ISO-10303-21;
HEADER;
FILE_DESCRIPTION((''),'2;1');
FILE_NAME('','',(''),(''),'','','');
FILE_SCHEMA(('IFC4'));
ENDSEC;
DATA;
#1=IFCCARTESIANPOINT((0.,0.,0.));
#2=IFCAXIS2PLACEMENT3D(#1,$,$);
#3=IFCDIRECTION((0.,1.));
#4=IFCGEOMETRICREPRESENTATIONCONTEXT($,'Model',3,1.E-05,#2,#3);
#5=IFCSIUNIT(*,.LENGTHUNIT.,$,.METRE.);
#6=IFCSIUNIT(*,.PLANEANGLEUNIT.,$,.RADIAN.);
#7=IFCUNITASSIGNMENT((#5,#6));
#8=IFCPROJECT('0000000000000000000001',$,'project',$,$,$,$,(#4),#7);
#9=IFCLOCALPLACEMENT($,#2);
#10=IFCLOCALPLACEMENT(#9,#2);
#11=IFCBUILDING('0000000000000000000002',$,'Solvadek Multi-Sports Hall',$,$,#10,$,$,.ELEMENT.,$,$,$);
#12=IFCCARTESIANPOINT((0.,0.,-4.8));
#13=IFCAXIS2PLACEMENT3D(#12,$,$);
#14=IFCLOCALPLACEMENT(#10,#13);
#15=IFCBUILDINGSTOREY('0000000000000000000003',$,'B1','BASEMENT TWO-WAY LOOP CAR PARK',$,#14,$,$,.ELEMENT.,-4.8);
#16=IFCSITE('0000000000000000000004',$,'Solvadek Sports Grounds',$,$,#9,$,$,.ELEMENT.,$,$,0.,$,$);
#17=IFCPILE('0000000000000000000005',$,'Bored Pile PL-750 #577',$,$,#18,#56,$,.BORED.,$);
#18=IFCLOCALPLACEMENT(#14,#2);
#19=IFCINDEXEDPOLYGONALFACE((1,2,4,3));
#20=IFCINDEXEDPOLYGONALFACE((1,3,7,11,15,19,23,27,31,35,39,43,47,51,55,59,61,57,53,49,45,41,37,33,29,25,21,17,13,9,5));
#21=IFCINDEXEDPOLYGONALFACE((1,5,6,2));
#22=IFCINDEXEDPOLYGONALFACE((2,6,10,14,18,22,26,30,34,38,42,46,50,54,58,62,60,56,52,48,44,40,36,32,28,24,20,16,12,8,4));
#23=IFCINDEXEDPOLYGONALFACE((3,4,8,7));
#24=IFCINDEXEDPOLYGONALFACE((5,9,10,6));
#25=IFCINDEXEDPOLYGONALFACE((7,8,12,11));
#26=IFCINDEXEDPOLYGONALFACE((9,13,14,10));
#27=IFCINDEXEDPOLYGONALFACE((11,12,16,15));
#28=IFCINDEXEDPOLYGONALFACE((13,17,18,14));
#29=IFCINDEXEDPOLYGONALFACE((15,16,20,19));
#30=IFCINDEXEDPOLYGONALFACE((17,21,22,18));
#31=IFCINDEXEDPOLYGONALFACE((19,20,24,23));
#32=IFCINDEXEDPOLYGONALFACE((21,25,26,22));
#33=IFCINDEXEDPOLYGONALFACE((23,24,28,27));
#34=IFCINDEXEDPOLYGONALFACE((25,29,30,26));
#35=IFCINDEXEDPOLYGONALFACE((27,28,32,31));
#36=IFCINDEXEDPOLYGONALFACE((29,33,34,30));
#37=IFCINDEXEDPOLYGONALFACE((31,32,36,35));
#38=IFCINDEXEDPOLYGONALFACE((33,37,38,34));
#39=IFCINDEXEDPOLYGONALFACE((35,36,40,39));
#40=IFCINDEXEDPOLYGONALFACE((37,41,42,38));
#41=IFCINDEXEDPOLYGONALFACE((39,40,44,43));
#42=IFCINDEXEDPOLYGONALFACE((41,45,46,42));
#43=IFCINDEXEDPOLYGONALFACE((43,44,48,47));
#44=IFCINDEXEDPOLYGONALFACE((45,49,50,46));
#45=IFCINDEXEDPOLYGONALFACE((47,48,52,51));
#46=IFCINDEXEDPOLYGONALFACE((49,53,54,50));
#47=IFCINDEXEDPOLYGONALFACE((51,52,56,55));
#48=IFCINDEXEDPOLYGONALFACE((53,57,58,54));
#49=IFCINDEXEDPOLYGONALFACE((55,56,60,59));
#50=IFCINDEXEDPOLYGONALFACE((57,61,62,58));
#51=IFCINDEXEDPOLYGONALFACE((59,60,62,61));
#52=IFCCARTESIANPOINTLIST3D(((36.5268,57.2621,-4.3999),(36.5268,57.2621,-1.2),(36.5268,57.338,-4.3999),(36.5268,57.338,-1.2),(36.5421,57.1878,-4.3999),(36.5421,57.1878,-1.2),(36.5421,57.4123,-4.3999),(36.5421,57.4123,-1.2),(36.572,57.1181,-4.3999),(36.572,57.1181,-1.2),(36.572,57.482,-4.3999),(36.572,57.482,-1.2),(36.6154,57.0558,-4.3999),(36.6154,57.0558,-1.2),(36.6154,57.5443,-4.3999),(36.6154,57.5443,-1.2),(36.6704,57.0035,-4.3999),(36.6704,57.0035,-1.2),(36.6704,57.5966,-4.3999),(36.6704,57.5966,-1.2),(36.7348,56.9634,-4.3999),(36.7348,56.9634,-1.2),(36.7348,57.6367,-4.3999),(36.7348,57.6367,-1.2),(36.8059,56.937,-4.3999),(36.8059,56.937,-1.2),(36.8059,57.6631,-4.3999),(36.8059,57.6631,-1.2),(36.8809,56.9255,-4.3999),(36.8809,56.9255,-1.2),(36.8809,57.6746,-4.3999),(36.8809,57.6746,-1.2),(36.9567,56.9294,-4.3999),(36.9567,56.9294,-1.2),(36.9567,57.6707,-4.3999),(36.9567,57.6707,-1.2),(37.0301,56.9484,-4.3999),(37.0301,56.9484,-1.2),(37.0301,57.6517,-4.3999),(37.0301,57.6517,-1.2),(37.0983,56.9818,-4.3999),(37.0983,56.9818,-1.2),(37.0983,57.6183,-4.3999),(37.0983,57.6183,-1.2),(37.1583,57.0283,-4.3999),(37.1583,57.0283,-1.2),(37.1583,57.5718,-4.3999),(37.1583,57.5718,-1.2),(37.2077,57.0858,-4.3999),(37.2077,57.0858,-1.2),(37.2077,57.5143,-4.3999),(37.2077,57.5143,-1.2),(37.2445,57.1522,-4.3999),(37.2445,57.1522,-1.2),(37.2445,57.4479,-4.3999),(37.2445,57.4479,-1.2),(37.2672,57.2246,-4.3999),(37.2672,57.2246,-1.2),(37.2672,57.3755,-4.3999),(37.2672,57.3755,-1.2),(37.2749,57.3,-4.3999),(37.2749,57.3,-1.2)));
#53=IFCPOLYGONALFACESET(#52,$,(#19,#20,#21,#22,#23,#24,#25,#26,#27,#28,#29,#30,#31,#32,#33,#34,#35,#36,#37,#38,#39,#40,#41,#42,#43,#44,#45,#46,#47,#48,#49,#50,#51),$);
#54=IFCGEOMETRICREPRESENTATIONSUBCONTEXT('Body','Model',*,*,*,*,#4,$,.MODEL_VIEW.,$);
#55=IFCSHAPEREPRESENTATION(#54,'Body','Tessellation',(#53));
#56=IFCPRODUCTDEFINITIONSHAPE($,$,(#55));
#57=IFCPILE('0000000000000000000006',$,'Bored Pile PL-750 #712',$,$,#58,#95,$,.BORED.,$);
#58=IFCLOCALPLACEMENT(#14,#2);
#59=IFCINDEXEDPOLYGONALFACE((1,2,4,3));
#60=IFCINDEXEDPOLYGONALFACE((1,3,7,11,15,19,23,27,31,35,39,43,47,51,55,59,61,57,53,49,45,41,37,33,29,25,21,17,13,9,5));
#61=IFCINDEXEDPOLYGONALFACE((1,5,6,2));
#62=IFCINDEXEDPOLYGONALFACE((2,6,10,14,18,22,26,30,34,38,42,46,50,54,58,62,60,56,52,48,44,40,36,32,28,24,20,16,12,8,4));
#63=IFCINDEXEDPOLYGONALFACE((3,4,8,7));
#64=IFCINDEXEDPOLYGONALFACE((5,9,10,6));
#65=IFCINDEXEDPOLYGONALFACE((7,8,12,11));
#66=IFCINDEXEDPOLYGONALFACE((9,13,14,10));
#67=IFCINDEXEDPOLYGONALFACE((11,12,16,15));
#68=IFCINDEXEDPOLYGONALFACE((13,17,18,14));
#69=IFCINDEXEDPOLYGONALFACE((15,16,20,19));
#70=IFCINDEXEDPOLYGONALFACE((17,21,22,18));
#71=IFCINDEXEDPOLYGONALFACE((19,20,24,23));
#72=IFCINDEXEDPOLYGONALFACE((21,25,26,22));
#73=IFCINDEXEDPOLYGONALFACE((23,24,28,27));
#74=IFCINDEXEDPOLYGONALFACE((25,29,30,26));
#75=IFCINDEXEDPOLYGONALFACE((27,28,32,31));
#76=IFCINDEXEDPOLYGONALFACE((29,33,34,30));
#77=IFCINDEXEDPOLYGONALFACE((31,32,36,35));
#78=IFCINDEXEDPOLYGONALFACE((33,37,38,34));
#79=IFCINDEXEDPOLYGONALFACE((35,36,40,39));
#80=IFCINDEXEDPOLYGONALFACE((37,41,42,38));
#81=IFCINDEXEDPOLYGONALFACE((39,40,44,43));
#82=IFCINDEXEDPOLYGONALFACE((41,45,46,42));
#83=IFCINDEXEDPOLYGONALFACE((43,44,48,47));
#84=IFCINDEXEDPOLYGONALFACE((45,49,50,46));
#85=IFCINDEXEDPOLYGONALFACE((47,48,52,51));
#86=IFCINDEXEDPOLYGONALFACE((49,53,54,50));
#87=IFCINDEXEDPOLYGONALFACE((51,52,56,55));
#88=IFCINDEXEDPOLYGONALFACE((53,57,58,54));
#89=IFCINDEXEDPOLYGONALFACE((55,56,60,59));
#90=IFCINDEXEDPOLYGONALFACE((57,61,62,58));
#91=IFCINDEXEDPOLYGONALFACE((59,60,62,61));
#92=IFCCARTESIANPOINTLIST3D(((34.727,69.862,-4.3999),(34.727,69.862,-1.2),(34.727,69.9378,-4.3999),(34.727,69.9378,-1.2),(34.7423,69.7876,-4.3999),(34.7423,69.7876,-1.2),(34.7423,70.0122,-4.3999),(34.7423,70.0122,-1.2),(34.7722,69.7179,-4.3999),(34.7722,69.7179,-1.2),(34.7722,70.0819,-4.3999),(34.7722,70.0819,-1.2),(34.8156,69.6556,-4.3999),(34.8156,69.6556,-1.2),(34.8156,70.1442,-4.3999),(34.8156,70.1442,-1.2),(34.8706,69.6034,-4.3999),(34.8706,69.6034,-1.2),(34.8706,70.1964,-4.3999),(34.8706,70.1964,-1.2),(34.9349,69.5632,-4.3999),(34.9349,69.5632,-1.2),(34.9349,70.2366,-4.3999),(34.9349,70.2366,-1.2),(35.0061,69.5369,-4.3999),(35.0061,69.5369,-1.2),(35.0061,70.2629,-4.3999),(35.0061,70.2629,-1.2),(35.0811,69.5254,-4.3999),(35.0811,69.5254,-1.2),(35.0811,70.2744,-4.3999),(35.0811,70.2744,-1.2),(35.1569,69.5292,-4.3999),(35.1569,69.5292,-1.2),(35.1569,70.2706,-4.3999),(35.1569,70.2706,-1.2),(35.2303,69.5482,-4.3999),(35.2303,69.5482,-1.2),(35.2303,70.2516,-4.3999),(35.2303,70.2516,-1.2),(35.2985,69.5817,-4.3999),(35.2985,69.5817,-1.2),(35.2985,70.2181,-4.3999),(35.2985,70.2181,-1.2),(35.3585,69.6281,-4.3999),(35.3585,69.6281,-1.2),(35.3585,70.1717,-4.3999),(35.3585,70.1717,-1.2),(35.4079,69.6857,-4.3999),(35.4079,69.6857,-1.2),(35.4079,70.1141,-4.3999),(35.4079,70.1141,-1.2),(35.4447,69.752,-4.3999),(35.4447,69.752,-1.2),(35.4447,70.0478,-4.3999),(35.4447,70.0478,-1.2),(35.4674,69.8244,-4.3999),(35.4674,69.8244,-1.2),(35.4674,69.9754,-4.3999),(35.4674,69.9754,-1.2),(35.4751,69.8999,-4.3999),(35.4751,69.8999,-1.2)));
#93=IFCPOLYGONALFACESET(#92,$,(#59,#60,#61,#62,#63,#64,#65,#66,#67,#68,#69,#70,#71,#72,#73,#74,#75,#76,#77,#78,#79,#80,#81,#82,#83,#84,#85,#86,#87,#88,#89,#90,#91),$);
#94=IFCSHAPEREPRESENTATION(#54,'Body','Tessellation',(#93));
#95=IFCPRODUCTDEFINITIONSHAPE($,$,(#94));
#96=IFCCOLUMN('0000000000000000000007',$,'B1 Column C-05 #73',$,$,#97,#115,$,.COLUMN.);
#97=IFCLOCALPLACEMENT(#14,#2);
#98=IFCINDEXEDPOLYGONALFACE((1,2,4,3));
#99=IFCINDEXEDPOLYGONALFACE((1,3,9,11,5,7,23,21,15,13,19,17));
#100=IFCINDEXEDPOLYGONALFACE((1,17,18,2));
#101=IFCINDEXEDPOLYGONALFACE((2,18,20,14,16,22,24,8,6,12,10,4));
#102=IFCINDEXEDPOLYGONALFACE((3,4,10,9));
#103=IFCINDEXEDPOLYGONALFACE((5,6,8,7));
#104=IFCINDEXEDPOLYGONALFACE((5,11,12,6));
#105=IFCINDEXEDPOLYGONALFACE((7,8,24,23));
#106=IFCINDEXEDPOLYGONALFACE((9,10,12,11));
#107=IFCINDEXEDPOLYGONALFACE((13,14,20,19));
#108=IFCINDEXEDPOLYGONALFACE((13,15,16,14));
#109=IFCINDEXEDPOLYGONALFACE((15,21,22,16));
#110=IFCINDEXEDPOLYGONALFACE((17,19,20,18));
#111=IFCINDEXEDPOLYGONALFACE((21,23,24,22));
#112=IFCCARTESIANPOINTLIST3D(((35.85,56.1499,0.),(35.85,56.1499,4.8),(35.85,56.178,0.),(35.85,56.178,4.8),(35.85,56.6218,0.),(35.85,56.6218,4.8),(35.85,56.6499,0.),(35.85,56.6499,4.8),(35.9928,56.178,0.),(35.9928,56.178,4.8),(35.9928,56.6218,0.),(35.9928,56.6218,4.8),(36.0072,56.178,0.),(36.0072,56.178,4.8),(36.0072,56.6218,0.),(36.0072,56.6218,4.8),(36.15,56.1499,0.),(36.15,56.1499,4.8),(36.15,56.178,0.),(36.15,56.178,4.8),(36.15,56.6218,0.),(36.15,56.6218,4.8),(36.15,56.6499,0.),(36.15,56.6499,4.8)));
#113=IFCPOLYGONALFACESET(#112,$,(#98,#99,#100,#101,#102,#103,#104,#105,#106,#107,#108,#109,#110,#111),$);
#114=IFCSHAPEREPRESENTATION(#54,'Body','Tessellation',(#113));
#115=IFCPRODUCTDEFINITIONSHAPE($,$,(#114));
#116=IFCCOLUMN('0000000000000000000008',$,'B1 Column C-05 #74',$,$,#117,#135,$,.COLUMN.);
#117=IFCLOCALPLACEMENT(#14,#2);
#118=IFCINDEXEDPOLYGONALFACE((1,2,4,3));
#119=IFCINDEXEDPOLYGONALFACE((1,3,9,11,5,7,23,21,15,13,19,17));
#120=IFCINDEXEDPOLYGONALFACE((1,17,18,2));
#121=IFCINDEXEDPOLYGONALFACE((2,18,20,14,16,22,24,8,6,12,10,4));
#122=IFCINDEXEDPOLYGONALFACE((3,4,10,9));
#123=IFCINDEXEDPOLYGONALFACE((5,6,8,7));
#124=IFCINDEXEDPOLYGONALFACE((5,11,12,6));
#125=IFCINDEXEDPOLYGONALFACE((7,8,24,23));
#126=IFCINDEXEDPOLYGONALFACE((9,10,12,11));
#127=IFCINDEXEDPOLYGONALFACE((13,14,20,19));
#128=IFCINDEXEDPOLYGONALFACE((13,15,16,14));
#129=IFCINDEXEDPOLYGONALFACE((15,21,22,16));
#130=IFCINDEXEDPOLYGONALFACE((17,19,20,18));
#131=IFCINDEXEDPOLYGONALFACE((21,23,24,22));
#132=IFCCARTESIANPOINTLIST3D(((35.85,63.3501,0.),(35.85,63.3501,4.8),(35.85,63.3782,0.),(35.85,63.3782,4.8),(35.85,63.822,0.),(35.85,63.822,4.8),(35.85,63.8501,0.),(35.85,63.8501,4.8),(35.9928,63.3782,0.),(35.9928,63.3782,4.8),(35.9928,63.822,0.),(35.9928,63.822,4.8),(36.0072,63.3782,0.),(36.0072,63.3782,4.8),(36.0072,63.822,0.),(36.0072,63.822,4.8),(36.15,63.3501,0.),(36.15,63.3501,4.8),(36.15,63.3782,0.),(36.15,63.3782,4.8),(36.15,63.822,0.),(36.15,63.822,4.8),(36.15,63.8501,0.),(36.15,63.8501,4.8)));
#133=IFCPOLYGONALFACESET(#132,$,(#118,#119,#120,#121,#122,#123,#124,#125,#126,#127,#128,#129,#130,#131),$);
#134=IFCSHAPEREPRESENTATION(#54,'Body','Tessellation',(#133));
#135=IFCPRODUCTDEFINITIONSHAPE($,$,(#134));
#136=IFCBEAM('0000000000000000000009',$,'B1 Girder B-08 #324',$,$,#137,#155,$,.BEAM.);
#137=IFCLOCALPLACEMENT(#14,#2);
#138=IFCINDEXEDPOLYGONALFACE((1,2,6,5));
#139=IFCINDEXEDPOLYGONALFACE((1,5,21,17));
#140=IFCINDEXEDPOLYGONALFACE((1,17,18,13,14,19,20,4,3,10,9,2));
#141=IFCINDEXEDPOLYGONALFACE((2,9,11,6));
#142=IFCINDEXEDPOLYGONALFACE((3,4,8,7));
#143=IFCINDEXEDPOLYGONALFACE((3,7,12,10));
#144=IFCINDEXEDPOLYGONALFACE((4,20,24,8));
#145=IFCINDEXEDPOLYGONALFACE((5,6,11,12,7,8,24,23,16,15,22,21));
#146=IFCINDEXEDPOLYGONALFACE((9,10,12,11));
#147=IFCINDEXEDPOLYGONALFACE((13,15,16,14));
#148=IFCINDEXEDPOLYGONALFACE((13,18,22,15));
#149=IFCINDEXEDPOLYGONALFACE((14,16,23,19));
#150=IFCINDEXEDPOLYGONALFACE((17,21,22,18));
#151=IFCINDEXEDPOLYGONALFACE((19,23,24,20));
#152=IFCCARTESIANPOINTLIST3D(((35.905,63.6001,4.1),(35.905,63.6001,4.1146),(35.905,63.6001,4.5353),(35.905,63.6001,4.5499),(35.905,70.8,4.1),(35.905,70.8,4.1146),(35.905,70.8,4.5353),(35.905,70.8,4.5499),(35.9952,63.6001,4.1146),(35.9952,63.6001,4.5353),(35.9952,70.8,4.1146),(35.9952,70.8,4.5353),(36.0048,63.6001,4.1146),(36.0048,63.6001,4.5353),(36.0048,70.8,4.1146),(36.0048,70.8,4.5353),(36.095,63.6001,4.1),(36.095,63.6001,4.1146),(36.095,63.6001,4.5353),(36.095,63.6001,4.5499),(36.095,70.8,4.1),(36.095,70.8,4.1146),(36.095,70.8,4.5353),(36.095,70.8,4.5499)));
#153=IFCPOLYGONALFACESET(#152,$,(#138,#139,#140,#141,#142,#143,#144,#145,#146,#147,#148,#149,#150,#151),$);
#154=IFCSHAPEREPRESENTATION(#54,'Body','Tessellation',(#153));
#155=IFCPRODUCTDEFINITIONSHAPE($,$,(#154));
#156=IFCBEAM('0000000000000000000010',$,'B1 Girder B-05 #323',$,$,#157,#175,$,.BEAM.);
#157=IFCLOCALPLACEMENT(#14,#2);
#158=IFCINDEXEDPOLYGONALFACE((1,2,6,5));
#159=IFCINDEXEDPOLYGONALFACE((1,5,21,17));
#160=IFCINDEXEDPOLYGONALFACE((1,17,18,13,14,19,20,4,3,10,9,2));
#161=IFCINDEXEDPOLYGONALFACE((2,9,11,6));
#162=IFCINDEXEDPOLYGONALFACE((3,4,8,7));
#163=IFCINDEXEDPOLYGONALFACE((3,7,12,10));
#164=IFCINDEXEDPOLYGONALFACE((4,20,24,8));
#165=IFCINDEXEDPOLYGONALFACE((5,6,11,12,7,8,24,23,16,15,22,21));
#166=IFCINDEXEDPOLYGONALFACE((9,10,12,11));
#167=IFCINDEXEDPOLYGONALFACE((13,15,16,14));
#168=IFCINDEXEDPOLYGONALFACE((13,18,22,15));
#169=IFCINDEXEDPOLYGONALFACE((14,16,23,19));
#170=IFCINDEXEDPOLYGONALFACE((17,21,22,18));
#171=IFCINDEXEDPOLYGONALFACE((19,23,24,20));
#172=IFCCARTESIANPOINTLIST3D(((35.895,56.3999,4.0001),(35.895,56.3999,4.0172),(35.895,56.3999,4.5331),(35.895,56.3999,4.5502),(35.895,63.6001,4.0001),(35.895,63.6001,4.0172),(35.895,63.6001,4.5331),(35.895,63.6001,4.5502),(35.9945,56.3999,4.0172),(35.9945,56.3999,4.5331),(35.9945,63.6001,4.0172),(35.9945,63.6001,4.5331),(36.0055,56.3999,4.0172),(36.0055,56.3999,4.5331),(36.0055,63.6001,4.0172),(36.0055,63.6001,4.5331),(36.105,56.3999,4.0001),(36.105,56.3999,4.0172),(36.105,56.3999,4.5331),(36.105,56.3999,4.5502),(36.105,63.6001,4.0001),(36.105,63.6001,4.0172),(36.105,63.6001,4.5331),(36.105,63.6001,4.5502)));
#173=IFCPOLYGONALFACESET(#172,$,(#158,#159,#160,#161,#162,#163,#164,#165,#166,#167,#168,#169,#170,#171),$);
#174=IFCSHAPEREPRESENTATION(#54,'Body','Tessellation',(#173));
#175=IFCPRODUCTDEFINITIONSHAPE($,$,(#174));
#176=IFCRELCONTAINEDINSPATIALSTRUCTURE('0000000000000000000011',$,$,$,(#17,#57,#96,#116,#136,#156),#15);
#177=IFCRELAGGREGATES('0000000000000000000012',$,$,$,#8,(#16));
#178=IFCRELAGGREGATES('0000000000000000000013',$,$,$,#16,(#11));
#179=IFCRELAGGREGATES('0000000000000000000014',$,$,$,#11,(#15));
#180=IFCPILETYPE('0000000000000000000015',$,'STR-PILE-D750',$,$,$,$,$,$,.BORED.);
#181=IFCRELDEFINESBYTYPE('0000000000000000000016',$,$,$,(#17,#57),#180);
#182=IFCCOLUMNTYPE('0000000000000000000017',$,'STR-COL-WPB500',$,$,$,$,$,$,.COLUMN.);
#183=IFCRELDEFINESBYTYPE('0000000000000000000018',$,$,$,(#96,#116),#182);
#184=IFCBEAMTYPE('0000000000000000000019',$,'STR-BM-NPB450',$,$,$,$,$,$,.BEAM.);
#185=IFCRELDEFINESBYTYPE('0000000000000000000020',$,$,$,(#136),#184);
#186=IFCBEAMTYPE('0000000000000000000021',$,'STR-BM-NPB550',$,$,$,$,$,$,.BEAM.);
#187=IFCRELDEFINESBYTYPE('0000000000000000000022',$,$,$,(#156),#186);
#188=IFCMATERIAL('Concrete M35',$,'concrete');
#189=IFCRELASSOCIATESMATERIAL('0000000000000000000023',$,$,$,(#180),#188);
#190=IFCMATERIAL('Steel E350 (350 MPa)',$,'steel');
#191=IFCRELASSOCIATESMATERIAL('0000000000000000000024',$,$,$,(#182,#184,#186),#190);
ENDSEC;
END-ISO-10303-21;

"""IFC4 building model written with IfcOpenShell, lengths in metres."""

from ifc_helpers import new_model, si_unit, direction, frame, origin, origin_2d, place, context, subcontext, project, spatial, circle, i_section, extrude, material, material_profile, profile_set, type_object, element, save


model = new_model("IFC4")

# Units and contexts
model_context = context("Model", 3, precision=1e-05, world=origin(), true_north=direction((0.0, 1.0)))
body_context = subcontext(model_context, "Body", "Model", "MODEL_VIEW")
ifc_project = project(units=[si_unit("LENGTHUNIT", "METRE"), si_unit("PLANEANGLEUNIT", "RADIAN")], contexts=[model_context])

# Site, building, storey
site_placement = place(None, origin())
site = spatial("IfcSite", under=ifc_project, at=site_placement, Name="Solvadek Sports Grounds", CompositionType="ELEMENT", RefElevation=0.0)
building_placement = place(site_placement, origin())
building = spatial("IfcBuilding", under=site, at=building_placement, Name="Solvadek Multi-Sports Hall", CompositionType="ELEMENT")
storey_placement = place(building_placement, frame((0.0, 0.0, -4.8)))
storey = spatial("IfcBuildingStorey", under=building, at=storey_placement, Name="B1", Description="BASEMENT TWO-WAY LOOP CAR PARK", CompositionType="ELEMENT", Elevation=-4.8)

# Piles
ifc_material_1 = material(Name="Concrete M35", Category="concrete")
ifc_material_profile_1 = material_profile(ifc_material_1, circle(Radius=0.375, at=origin_2d()), Name="BORED PILE D750")
ifc_profile_set_1 = profile_set([ifc_material_profile_1], Name="Concrete M35")
pile_type_1 = type_object("IfcPileType", Name="STR-PILE-D750", PredefinedType="BORED", material=ifc_profile_set_1)
for number, where, z_axis, x_axis, name in (
    (1, (36.8999, 57.3, -1.2), (0.0, 0.0, -1.0), (1.0, 0.0, 0.0), "Bored Pile PL-750 #577"),
    (2, (35.1001, 69.8999, -1.2), (0.0, 0.0, -1.0), (1.0, 0.0, 0.0), "Bored Pile PL-750 #712"),
):
    element("IfcPile", number, at=place(storey_placement, frame(where, z_axis=z_axis, x_axis=x_axis)), inside=storey, type_object=pile_type_1, Name=name, PredefinedType="BORED", context=body_context, shape_type="SweptSolid", body=[
        extrude(circle(Radius=0.375, at=origin_2d()), origin(), (0.0, 0.0, 1.0), 3.2),
    ])

# Columns
ifc_material_2 = material(Name="Steel E350 (350 MPa)", Category="steel")
ifc_material_profile_2 = material_profile(ifc_material_2, i_section(OverallWidth=0.3, OverallDepth=0.5, WebThickness=0.0144, FlangeThickness=0.0281, at=origin_2d()), Name="WPB 500")
ifc_profile_set_2 = profile_set([ifc_material_profile_2], Name="Steel E350 (350 MPa)")
column_type = type_object("IfcColumnType", Name="STR-COL-WPB500", PredefinedType="COLUMN", material=ifc_profile_set_2)
for number, where, z_axis, x_axis, name in (
    (3, (36.0, 56.3999, 0.0), (0.0, 0.0, 1.0), (1.0, 0.0, 0.0), "B1 Column C-05 #73"),
    (4, (36.0, 63.6001, 0.0), (0.0, 0.0, 1.0), (1.0, 0.0, 0.0), "B1 Column C-05 #74"),
):
    element("IfcColumn", number, at=place(storey_placement, frame(where, z_axis=z_axis, x_axis=x_axis)), inside=storey, type_object=column_type, Name=name, PredefinedType="COLUMN", context=body_context, shape_type="SweptSolid", body=[
        extrude(i_section(OverallWidth=0.3, OverallDepth=0.5, WebThickness=0.0144, FlangeThickness=0.0281, at=origin_2d()), origin(), (0.0, 0.0, 1.0), 4.8),
    ])

# Beams
ifc_material_profile_3 = material_profile(ifc_material_2, i_section(OverallWidth=0.1899, OverallDepth=0.45, WebThickness=0.0095, FlangeThickness=0.0146, at=origin_2d()), Name="NPB 450")
ifc_profile_set_3 = profile_set([ifc_material_profile_3], Name="Steel E350 (350 MPa)")
beam_type_1 = type_object("IfcBeamType", Name="STR-BM-NPB450", PredefinedType="BEAM", material=ifc_profile_set_3)
beam_1_placement = place(storey_placement, frame((36.0, 63.6001, 4.325), z_axis=(0.0, 1.0, 0.0), x_axis=(-1.0, 0.0, 0.0)))
element("IfcBeam", 5, at=beam_1_placement, inside=storey, type_object=beam_type_1, Name="B1 Girder B-08 #324", PredefinedType="BEAM", context=body_context, shape_type="SweptSolid", body=[
    extrude(i_section(OverallWidth=0.1899, OverallDepth=0.45, WebThickness=0.0095, FlangeThickness=0.0146, at=origin_2d()), origin(), (0.0, 0.0, 1.0), 7.2),
])
ifc_material_profile_4 = material_profile(ifc_material_2, i_section(OverallWidth=0.21, OverallDepth=0.55, WebThickness=0.011, FlangeThickness=0.0171, at=origin_2d()), Name="NPB 550")
ifc_profile_set_4 = profile_set([ifc_material_profile_4], Name="Steel E350 (350 MPa)")
beam_type_2 = type_object("IfcBeamType", Name="STR-BM-NPB550", PredefinedType="BEAM", material=ifc_profile_set_4)
beam_2_placement = place(storey_placement, frame((36.0, 56.3999, 4.2751), z_axis=(0.0, 1.0, 0.0), x_axis=(-1.0, 0.0, 0.0)))
element("IfcBeam", 6, at=beam_2_placement, inside=storey, type_object=beam_type_2, Name="B1 Girder B-05 #323", PredefinedType="BEAM", context=body_context, shape_type="SweptSolid", body=[
    extrude(i_section(OverallWidth=0.21, OverallDepth=0.55, WebThickness=0.011, FlangeThickness=0.0171, at=origin_2d()), origin(), (0.0, 0.0, 1.0), 7.2002),
])

save(model, "model.ifc")
